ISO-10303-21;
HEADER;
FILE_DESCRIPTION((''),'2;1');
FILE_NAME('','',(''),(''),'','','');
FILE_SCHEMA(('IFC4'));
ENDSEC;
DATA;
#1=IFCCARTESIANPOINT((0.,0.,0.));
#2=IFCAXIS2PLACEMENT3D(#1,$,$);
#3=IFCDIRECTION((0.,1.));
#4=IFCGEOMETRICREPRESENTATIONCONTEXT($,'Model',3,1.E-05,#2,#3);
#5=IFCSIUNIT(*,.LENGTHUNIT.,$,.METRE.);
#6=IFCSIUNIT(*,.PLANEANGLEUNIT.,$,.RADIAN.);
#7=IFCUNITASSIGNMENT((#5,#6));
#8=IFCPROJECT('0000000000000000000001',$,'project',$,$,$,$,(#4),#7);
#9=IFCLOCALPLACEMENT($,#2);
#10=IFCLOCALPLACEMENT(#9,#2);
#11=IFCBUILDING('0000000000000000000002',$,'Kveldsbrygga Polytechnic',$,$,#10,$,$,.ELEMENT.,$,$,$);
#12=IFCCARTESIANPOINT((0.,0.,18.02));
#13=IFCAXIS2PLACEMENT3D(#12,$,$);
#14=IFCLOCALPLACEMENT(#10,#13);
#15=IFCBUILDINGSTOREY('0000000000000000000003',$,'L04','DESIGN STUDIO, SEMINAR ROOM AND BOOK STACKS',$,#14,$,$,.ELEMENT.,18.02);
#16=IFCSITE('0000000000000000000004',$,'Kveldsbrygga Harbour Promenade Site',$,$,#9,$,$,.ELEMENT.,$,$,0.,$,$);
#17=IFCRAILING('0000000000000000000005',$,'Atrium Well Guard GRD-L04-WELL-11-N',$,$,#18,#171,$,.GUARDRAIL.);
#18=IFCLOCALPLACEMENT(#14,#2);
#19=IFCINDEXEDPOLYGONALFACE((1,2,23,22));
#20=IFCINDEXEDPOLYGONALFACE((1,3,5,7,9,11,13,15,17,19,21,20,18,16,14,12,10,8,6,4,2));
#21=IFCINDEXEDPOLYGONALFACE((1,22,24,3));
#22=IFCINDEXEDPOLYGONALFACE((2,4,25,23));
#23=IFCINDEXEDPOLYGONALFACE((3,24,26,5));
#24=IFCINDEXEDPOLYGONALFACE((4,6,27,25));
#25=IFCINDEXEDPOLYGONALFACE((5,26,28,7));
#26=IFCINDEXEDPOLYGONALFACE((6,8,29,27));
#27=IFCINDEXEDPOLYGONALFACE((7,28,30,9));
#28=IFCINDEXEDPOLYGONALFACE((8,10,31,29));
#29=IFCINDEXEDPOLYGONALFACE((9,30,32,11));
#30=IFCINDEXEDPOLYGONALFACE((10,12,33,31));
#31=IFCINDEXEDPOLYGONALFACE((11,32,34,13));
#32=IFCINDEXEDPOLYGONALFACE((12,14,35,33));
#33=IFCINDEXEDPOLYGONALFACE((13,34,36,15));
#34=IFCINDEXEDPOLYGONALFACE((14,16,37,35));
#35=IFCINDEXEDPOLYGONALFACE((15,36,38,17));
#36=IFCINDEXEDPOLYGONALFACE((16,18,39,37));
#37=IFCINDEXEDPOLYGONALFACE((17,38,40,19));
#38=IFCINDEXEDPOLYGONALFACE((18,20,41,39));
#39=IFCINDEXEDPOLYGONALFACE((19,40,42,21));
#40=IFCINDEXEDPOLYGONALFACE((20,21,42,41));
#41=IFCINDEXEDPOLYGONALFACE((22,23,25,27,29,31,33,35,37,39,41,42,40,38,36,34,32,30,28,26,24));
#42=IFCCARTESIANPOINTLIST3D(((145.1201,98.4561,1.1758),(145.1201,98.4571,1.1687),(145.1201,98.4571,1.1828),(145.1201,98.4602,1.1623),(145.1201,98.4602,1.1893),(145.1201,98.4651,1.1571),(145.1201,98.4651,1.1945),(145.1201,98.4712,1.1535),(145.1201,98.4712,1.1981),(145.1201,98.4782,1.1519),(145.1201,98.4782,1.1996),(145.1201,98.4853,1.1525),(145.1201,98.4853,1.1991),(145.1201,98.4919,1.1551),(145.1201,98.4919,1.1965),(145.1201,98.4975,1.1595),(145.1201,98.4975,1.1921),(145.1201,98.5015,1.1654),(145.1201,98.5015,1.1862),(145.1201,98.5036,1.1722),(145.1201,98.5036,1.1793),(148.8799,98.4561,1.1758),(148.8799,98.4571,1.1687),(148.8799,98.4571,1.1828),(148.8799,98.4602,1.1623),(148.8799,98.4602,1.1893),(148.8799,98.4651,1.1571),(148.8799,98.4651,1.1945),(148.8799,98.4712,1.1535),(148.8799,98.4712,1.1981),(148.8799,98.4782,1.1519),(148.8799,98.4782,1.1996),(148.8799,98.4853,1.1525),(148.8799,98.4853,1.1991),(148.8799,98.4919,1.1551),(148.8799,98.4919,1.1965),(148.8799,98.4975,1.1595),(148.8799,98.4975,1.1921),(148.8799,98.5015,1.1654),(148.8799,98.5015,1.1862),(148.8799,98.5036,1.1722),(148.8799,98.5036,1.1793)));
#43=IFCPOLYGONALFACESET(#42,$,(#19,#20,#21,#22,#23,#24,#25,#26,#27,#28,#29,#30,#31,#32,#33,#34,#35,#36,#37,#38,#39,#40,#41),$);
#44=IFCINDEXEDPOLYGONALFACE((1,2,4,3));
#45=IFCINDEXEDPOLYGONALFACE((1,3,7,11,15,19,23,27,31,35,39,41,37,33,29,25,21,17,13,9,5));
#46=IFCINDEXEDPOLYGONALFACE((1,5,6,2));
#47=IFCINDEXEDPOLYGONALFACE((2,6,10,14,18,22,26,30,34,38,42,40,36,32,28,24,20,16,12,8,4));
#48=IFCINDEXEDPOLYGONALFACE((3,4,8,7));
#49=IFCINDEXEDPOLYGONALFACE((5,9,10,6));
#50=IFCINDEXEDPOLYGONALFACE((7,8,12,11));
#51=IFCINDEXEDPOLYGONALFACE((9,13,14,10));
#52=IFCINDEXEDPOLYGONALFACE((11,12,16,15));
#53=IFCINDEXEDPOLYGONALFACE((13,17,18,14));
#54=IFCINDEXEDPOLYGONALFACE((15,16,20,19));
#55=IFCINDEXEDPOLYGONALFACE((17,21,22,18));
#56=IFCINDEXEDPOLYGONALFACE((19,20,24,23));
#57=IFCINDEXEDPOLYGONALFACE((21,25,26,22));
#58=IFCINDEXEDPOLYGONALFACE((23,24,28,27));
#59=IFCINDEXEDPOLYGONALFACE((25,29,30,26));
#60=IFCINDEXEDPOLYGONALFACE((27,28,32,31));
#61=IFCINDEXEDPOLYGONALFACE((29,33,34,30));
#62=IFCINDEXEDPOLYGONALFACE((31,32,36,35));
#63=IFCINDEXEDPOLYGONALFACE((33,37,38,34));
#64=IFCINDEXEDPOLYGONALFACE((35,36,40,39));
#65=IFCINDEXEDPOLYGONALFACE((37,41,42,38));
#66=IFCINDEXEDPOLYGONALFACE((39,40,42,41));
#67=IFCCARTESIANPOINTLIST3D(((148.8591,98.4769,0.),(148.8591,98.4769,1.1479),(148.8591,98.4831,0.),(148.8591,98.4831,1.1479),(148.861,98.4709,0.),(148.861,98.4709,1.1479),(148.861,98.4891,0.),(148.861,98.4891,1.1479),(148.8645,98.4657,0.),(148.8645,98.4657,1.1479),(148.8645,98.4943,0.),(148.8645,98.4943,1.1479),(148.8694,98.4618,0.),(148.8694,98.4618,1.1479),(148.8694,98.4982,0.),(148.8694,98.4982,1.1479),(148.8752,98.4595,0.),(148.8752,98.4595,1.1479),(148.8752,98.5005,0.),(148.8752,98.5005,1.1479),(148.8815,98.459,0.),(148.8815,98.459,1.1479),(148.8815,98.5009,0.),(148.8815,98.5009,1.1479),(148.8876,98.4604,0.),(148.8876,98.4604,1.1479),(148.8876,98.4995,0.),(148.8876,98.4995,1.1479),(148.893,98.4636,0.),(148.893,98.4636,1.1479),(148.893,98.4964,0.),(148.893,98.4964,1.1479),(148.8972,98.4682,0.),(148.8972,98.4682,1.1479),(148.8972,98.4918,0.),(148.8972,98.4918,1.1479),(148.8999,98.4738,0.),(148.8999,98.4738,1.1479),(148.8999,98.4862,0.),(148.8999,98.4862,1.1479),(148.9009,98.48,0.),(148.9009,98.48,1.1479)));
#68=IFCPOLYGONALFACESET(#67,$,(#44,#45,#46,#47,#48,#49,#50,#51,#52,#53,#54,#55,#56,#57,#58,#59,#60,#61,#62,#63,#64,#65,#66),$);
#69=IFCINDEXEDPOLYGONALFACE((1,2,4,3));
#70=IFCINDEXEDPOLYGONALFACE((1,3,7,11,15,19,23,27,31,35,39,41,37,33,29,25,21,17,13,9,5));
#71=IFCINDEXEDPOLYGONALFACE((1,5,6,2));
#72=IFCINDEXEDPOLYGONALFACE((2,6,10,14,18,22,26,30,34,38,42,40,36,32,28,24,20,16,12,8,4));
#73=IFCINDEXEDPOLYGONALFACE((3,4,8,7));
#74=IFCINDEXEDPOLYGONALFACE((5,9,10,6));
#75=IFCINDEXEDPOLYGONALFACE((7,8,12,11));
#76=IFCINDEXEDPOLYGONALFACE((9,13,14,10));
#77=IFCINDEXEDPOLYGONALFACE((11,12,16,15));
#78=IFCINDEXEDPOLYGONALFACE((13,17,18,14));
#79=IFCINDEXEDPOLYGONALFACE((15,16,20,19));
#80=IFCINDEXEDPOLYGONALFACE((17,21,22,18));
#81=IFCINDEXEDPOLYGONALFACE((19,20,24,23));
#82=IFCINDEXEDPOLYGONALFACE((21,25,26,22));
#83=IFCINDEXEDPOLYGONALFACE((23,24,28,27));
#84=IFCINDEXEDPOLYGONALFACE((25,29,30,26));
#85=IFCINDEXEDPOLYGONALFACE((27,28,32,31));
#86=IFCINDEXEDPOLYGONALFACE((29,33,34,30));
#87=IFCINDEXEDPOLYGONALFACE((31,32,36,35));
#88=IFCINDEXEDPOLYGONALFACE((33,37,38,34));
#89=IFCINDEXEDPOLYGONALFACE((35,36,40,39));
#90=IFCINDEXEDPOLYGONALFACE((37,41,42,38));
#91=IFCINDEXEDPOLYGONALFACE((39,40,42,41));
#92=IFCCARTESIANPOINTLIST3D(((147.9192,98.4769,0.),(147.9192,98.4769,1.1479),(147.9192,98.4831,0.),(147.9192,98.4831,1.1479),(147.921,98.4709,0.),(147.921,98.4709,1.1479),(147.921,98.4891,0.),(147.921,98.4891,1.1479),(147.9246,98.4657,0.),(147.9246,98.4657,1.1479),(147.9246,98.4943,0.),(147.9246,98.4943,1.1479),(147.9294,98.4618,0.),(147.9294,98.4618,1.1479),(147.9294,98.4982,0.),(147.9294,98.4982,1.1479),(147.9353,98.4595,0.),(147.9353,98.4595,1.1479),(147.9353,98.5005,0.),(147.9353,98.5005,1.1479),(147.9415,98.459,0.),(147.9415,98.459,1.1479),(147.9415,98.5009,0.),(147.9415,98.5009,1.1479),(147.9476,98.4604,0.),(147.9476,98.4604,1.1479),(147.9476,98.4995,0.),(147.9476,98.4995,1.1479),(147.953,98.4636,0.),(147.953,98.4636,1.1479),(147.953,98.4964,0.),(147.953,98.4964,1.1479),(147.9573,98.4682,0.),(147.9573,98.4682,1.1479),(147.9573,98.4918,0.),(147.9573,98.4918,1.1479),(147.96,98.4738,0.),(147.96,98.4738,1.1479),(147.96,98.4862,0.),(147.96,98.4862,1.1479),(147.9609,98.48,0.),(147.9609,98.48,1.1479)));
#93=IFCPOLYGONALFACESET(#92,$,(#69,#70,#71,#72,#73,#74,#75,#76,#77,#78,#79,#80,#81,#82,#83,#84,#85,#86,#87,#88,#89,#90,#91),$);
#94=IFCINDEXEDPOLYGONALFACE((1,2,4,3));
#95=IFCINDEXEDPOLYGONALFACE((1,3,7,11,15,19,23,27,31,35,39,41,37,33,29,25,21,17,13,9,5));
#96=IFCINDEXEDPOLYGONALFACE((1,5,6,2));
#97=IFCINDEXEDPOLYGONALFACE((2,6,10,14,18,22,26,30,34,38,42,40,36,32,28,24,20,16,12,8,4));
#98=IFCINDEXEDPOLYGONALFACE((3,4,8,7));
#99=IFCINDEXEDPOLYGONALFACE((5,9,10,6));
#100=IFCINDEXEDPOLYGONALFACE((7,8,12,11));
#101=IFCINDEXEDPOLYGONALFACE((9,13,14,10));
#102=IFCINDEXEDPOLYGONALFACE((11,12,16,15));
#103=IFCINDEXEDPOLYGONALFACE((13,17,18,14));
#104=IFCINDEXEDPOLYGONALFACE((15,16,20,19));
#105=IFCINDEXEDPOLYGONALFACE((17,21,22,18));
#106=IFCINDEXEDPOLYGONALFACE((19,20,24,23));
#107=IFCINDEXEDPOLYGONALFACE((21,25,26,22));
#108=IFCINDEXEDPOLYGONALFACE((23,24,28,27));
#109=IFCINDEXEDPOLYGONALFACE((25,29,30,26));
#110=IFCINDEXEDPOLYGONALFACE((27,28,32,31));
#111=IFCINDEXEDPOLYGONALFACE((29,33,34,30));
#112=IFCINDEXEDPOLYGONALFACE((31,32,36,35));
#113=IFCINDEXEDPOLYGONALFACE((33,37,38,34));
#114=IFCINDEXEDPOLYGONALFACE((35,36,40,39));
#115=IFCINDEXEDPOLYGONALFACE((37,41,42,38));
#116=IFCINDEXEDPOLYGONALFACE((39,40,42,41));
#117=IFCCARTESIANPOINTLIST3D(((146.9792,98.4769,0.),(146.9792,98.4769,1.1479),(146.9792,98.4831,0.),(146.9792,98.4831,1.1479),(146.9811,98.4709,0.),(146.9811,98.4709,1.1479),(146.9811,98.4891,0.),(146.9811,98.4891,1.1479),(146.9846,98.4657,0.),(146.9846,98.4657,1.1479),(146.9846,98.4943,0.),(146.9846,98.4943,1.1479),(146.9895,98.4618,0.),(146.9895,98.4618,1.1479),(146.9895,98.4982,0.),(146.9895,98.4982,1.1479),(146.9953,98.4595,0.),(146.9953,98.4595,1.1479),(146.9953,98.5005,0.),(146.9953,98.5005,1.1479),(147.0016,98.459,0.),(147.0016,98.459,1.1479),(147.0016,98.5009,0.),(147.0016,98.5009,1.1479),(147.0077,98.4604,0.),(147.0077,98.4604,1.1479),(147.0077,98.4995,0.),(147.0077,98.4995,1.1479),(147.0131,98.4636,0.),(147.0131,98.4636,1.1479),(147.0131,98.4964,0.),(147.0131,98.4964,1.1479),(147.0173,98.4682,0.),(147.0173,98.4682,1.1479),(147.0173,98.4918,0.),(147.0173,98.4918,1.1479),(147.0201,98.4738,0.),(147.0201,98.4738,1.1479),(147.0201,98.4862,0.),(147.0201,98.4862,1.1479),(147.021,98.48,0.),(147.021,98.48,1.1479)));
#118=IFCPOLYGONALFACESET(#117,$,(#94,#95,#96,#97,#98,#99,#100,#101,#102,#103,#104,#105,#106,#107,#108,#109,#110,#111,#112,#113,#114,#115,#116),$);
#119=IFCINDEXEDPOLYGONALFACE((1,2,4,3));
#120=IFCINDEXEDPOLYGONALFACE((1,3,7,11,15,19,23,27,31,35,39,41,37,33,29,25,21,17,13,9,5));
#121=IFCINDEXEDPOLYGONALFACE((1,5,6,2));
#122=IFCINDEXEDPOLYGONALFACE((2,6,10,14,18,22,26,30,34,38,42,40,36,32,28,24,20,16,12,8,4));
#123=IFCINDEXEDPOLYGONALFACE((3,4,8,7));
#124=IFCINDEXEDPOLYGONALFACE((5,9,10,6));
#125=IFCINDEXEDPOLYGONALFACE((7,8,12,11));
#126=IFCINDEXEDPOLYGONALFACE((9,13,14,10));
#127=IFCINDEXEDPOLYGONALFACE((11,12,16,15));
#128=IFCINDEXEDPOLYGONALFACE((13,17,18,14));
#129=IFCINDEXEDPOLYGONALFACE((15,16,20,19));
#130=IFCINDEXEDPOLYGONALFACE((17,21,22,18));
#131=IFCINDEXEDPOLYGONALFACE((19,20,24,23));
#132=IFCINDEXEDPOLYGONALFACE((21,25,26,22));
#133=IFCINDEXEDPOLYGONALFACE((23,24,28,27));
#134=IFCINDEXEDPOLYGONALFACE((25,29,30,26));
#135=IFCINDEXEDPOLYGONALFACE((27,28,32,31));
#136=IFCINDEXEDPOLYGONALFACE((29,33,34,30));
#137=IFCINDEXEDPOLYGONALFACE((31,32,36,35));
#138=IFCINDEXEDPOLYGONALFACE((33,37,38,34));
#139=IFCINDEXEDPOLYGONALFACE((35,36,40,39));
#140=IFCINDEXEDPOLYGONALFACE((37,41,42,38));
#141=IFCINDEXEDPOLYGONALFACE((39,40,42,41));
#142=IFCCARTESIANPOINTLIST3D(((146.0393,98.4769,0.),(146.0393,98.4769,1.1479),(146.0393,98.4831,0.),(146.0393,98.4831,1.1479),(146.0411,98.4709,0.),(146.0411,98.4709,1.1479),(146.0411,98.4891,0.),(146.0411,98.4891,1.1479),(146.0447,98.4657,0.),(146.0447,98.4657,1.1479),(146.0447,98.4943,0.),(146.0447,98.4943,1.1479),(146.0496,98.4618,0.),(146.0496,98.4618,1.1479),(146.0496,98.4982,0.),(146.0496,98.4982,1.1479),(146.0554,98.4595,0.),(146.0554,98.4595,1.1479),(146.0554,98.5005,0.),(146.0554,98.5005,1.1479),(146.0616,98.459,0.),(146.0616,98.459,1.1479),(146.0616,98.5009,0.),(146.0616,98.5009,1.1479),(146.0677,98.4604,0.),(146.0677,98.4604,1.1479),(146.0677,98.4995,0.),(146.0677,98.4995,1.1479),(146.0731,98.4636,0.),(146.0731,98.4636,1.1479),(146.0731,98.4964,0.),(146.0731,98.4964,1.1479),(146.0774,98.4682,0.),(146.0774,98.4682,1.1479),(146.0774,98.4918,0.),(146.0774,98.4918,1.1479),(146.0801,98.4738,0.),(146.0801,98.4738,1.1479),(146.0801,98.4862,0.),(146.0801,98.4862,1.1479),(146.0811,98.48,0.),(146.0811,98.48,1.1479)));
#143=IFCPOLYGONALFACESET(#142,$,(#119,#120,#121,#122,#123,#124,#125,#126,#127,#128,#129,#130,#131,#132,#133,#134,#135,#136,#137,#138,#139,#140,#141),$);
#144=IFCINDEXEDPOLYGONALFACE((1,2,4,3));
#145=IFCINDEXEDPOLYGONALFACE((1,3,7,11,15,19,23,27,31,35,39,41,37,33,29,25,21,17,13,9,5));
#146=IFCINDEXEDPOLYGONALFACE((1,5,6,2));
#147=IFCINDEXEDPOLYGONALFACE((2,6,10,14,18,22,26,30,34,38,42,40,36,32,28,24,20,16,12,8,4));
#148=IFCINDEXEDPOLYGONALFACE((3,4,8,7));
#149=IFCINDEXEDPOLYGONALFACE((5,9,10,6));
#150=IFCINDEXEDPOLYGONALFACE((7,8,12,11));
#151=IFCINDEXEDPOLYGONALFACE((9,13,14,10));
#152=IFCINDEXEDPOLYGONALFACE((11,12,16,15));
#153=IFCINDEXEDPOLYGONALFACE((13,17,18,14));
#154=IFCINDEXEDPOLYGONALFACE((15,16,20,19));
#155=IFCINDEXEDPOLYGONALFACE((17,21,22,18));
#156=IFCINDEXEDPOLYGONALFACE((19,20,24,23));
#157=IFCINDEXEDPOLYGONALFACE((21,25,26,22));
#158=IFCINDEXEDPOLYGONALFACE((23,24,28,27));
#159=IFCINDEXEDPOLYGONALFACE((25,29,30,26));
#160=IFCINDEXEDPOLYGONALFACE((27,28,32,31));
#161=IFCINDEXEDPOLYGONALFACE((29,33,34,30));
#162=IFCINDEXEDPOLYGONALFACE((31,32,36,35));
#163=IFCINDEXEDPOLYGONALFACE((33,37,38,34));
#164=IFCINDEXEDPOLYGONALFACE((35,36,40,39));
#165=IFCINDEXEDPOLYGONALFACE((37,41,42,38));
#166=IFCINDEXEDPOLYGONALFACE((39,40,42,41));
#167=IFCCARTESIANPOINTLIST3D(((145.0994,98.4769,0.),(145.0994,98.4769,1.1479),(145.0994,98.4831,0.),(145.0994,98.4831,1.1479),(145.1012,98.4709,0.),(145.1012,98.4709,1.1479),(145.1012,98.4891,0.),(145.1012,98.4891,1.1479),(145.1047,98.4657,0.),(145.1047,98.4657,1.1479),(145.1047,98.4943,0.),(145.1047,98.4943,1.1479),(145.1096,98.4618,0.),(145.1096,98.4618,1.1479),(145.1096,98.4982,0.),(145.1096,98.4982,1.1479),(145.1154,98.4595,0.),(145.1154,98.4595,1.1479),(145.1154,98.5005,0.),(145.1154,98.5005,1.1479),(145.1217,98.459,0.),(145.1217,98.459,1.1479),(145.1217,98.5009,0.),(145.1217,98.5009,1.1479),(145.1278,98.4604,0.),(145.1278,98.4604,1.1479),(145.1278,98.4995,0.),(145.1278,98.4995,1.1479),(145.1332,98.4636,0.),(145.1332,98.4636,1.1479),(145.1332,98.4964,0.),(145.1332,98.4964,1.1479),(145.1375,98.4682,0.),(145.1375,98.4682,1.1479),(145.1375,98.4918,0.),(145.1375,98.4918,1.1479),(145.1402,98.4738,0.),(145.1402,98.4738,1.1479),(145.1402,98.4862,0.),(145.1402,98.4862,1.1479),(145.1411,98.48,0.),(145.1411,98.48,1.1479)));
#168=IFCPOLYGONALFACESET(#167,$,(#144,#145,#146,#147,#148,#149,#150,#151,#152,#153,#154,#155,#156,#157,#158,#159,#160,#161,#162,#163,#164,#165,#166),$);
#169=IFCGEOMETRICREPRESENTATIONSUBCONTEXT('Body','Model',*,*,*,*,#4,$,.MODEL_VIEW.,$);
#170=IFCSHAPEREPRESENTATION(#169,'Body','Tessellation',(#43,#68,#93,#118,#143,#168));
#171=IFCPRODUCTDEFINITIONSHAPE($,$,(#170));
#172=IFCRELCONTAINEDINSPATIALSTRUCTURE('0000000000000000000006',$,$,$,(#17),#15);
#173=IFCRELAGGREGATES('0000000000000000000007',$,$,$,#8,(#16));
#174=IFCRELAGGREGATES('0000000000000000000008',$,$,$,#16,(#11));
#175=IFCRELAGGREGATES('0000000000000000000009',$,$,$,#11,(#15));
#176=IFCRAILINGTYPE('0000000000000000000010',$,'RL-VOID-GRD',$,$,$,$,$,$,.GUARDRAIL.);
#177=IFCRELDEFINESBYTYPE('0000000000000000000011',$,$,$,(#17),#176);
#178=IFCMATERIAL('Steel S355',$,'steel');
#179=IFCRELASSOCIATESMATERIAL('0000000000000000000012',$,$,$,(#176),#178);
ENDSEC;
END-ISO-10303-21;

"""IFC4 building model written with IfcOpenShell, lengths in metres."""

from ifc_helpers import new_model, si_unit, direction, frame, origin, origin_2d, place, context, subcontext, project, spatial, circle, extrude, material, type_object, element, save


model = new_model("IFC4")

# Units and contexts
model_context = context("Model", 3, precision=1e-05, world=origin(), true_north=direction((0.0, 1.0)))
body_context = subcontext(model_context, "Body", "Model", "MODEL_VIEW")
ifc_project = project(units=[si_unit("LENGTHUNIT", "METRE"), si_unit("PLANEANGLEUNIT", "RADIAN")], contexts=[model_context])

# Site, building, storey
site_placement = place(None, origin())
site = spatial("IfcSite", under=ifc_project, at=site_placement, Name="Kveldsbrygga Harbour Promenade Site", CompositionType="ELEMENT", RefElevation=0.0)
building_placement = place(site_placement, origin())
building = spatial("IfcBuilding", under=site, at=building_placement, Name="Kveldsbrygga Polytechnic", CompositionType="ELEMENT")
storey_placement = place(building_placement, frame((0.0, 0.0, 18.02)))
storey = spatial("IfcBuildingStorey", under=building, at=storey_placement, Name="L04", Description="DESIGN STUDIO, SEMINAR ROOM AND BOOK STACKS", CompositionType="ELEMENT", Elevation=18.02)

# Shared definitions
ifc_material_1 = material(Name="Steel S355", Category="steel")

# Railing
railing_type = type_object("IfcRailingType", Name="RL-VOID-GRD", PredefinedType="GUARDRAIL", material=ifc_material_1)
railing_1_placement = place(storey_placement, frame((148.8799, 98.48, 0.0)))
element("IfcRailing", 1, at=railing_1_placement, inside=storey, type_object=railing_type, Name="Atrium Well Guard GRD-L04-WELL-11-N", PredefinedType="GUARDRAIL", context=body_context, shape_type="SweptSolid", body=[
    extrude(circle(Radius=0.0239, at=origin_2d()), frame((0.0, 0.0, 1.1758), z_axis=(-1.0, 0.0, 0.0), x_axis=(0.0, -1.0, 0.0)), (0.0, 0.0, 1.0), 3.7598),
    extrude(circle(Radius=0.021, at=origin_2d()), origin(), (0.0, 0.0, 1.0), 1.1479),
    extrude(circle(Radius=0.021, at=origin_2d()), frame((-0.9399, 0.0, 0.0)), (0.0, 0.0, 1.0), 1.1479),
    extrude(circle(Radius=0.021, at=origin_2d()), frame((-1.8799, 0.0, 0.0)), (0.0, 0.0, 1.0), 1.1479),
    extrude(circle(Radius=0.021, at=origin_2d()), frame((-2.8198, 0.0, 0.0)), (0.0, 0.0, 1.0), 1.1479),
    extrude(circle(Radius=0.021, at=origin_2d()), frame((-3.7598, 0.0, 0.0)), (0.0, 0.0, 1.0), 1.1479),
])

save(model, "model.ifc")
